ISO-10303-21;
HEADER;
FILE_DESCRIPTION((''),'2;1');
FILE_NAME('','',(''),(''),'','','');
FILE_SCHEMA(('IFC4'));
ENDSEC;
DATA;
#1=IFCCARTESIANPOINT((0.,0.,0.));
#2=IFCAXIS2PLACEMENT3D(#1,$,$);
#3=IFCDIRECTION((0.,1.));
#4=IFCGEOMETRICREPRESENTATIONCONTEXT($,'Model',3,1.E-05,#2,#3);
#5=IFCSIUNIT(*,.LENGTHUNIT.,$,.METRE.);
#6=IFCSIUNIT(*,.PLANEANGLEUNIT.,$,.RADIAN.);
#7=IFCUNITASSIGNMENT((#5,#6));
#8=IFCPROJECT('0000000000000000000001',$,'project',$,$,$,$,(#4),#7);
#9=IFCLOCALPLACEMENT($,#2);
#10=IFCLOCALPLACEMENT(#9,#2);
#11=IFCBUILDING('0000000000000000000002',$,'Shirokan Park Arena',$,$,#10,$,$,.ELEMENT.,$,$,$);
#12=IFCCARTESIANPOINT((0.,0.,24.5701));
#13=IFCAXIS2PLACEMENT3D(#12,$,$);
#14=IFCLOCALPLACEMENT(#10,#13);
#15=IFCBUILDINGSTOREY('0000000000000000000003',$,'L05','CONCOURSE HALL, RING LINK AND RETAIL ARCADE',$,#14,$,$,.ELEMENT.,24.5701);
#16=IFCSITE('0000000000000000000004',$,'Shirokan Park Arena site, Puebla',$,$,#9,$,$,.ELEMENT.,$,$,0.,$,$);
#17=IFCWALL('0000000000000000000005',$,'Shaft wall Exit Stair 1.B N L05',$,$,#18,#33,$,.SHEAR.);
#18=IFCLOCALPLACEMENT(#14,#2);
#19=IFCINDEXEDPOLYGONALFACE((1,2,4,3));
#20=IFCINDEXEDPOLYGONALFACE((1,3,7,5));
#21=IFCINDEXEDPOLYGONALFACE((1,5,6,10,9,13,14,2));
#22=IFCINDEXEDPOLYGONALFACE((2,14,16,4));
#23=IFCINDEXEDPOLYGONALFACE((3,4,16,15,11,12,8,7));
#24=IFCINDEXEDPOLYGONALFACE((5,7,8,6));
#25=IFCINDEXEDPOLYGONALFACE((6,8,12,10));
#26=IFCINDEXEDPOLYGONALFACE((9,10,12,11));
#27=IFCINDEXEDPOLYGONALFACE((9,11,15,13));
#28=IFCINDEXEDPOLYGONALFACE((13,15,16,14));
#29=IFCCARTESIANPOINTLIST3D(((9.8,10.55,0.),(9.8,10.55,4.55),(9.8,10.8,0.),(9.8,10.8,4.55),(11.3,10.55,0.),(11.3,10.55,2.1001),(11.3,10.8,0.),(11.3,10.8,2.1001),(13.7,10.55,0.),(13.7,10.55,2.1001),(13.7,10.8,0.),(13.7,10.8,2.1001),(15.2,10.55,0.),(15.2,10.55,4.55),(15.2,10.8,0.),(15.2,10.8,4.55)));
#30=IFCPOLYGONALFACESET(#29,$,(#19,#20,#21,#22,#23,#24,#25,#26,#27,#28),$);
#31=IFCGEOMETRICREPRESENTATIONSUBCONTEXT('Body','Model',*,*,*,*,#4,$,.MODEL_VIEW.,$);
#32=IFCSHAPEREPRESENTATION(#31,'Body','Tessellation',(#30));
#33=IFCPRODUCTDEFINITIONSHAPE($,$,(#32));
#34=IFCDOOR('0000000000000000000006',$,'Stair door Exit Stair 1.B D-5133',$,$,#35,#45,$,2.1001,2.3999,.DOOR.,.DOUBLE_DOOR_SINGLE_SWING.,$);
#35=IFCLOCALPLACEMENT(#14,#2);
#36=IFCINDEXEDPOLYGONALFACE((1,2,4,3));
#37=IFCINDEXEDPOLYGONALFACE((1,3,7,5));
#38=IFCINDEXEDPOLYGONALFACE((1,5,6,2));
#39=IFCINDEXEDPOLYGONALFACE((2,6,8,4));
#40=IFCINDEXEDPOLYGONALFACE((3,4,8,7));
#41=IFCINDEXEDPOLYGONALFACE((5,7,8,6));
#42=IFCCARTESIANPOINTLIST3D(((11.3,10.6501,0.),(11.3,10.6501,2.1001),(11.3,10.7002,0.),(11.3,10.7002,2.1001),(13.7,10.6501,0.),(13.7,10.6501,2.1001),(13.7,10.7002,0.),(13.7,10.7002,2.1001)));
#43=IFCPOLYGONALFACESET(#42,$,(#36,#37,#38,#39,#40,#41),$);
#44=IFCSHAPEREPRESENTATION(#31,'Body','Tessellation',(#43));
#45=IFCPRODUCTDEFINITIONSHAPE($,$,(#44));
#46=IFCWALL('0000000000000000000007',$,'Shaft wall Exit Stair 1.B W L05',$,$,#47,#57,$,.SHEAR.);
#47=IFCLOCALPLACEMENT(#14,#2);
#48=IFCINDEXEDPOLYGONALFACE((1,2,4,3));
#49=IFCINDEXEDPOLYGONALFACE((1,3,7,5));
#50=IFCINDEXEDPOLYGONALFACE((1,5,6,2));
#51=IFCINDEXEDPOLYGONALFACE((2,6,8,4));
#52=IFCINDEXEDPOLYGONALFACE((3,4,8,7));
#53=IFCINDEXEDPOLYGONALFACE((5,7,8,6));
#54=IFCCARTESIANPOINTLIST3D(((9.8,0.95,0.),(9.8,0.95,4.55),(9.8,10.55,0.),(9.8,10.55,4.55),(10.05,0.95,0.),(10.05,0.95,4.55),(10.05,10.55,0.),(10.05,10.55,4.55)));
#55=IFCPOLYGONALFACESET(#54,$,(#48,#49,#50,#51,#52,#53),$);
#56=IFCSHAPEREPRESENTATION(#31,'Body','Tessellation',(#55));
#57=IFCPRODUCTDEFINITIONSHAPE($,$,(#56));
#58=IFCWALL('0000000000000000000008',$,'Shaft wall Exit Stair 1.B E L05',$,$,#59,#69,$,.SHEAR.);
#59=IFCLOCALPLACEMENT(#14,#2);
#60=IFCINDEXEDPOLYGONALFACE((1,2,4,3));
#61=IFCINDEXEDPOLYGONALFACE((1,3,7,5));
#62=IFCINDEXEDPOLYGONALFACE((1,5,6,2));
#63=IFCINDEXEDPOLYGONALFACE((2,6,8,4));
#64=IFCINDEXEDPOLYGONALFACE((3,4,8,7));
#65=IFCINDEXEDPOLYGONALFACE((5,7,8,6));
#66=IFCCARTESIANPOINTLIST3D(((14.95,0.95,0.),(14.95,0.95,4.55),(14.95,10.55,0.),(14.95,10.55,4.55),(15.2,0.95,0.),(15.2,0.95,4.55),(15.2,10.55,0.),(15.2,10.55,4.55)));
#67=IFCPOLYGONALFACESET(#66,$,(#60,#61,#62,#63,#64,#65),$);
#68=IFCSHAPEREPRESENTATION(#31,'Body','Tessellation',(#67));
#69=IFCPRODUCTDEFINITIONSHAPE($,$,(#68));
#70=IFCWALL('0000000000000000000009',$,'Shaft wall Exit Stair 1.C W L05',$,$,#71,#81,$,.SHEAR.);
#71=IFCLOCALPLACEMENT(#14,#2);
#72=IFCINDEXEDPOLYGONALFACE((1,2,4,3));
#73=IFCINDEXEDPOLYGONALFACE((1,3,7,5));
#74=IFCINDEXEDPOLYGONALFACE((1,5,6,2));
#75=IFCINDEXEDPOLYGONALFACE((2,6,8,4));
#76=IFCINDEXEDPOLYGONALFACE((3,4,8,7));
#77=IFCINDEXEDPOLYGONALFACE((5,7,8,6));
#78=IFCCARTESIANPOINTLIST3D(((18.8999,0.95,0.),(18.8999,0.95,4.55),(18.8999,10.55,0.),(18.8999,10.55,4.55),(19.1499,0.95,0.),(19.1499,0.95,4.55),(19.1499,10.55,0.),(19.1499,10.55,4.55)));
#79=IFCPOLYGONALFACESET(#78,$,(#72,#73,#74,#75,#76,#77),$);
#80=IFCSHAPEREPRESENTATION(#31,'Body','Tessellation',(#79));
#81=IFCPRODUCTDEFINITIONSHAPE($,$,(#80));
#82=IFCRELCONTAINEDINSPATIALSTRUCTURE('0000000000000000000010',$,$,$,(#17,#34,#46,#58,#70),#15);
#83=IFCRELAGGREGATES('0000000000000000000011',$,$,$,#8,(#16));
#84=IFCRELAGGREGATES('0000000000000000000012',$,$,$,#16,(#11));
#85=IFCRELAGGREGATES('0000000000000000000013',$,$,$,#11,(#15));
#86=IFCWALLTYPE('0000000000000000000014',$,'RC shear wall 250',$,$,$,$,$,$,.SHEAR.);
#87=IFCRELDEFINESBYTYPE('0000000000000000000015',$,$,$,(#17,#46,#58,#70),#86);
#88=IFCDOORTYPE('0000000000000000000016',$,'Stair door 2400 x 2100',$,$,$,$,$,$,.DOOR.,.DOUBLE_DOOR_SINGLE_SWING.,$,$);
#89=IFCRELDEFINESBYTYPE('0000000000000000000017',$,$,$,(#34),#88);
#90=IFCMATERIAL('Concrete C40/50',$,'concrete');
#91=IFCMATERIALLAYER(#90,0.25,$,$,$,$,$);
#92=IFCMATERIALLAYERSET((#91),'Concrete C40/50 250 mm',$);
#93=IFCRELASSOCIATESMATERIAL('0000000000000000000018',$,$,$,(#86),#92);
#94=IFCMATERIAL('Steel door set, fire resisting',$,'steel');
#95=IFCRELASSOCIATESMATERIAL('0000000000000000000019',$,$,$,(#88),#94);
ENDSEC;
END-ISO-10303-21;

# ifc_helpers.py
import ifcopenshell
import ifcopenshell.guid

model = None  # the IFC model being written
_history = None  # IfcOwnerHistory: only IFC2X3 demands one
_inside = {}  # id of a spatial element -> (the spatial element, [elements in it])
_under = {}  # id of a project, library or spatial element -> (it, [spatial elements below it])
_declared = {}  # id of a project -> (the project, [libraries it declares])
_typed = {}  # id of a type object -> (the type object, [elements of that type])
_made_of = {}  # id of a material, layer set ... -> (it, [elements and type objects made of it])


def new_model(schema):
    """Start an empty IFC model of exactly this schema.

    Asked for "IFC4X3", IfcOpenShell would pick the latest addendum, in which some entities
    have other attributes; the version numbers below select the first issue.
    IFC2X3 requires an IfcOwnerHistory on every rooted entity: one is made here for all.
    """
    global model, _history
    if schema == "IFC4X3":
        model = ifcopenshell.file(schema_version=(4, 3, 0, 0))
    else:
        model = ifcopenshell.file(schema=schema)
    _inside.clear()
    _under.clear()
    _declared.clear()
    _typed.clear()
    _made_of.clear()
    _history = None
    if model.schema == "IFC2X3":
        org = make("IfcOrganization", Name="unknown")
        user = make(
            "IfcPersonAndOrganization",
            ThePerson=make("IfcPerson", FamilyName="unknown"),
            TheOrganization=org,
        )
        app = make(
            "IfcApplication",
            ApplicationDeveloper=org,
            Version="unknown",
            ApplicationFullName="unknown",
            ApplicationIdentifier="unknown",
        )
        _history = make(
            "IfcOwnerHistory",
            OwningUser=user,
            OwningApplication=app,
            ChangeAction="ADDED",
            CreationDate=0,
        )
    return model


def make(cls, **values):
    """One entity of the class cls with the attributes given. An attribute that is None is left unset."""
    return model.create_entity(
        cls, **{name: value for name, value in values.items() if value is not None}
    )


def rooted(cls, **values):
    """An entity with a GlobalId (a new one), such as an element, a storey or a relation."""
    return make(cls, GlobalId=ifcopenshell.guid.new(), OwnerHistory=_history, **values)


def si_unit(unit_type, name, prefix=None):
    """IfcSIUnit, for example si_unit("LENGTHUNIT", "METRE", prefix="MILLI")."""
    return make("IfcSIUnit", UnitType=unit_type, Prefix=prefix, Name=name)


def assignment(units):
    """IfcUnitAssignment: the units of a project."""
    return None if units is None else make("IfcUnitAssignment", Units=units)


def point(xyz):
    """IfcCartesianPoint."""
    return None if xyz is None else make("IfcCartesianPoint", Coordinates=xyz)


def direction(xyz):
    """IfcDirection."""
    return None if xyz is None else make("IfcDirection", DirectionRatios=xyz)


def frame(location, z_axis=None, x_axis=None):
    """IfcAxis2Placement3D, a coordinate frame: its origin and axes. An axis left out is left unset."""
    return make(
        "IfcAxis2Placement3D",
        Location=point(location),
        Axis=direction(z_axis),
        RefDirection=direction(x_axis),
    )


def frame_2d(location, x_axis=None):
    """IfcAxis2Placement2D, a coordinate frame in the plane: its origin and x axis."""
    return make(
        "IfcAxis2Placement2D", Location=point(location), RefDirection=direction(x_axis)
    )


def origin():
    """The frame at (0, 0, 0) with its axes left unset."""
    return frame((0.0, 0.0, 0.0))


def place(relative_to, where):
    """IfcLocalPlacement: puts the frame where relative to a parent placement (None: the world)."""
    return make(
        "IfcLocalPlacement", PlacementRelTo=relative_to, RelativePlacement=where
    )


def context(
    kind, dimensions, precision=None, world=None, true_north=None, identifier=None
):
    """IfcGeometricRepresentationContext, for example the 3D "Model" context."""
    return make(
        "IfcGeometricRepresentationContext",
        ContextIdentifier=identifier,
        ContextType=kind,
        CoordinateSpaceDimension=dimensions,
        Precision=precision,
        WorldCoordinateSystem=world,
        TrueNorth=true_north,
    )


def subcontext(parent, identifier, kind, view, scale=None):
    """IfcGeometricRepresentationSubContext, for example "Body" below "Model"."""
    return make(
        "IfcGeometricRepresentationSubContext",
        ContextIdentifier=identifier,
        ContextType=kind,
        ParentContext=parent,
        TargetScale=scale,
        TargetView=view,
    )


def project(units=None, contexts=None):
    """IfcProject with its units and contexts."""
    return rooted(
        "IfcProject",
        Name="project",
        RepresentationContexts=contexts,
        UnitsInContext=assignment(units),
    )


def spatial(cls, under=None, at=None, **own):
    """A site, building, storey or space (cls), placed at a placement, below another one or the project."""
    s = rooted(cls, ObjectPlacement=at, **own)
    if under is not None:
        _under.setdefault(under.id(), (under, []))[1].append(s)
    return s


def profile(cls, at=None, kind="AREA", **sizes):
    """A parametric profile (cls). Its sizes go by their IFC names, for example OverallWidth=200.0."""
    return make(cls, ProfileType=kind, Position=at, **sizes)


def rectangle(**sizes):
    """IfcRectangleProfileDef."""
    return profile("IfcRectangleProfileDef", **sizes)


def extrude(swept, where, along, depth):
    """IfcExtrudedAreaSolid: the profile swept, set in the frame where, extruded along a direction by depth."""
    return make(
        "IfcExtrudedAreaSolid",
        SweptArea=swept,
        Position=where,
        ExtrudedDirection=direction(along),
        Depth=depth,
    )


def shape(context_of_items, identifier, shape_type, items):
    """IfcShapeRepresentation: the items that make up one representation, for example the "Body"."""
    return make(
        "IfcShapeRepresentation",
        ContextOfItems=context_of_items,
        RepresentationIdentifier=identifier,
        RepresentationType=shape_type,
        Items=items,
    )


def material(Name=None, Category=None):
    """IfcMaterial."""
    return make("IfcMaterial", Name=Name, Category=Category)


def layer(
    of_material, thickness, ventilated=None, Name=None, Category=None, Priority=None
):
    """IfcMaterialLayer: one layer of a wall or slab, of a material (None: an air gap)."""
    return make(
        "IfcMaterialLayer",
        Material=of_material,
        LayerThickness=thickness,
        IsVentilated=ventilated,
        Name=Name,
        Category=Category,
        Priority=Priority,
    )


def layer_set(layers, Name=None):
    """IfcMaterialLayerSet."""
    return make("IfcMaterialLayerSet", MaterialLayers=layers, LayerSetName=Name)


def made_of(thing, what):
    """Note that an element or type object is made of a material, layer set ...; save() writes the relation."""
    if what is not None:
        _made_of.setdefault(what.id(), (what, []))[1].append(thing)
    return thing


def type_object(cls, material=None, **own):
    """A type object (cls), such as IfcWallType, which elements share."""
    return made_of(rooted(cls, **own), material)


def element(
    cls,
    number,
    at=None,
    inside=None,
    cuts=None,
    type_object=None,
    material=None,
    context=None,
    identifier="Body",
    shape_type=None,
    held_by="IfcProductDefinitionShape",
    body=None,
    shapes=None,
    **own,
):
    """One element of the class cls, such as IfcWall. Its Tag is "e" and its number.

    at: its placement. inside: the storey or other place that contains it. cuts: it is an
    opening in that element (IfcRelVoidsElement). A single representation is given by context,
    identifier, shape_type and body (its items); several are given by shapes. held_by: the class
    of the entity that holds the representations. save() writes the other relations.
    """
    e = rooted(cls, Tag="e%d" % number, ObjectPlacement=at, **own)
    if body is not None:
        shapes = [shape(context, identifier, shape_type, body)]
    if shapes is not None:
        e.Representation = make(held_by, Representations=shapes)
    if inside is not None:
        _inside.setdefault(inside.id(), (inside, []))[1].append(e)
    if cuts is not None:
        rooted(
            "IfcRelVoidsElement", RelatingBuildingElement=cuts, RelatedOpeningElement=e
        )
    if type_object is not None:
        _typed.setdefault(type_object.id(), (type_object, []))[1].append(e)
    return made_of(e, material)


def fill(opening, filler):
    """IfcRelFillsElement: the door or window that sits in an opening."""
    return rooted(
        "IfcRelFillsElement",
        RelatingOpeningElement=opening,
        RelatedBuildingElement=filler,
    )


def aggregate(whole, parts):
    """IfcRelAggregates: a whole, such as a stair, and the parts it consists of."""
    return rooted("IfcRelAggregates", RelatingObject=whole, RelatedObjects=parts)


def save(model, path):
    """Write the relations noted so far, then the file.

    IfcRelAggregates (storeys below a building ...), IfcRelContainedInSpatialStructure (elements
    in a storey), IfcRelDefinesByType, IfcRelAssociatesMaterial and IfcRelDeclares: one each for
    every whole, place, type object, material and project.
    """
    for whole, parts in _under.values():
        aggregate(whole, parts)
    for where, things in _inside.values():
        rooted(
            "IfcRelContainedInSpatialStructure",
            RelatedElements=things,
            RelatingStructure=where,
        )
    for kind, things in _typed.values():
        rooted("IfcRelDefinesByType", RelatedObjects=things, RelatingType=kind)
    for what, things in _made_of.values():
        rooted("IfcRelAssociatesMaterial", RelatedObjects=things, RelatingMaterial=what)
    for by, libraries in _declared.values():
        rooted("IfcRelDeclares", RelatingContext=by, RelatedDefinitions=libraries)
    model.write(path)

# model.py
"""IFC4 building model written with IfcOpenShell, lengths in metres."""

from ifc_helpers import new_model, si_unit, direction, frame, frame_2d, origin, place, context, subcontext, project, spatial, rectangle, extrude, material, layer, layer_set, type_object, element, fill, save


model = new_model("IFC4")

# Units and contexts
model_context = context("Model", 3, precision=1e-05, world=origin(), true_north=direction((0.0, 1.0)))
body_context = subcontext(model_context, "Body", "Model", "MODEL_VIEW")
ifc_project = project(units=[si_unit("LENGTHUNIT", "METRE"), si_unit("PLANEANGLEUNIT", "RADIAN")], contexts=[model_context])

# Site, building, storey
site_placement = place(None, origin())
site = spatial("IfcSite", under=ifc_project, at=site_placement, Name="Shirokan Park Arena site, Puebla", CompositionType="ELEMENT", RefElevation=0.0)
building_placement = place(site_placement, origin())
building = spatial("IfcBuilding", under=site, at=building_placement, Name="Shirokan Park Arena", CompositionType="ELEMENT")
storey_placement = place(building_placement, frame((0.0, 0.0, 24.5701)))
storey = spatial("IfcBuildingStorey", under=building, at=storey_placement, Name="L05", Description="CONCOURSE HALL, RING LINK AND RETAIL ARCADE", CompositionType="ELEMENT", Elevation=24.5701)

# Wall, opening, door
ifc_material_1 = material(Name="Concrete C40/50", Category="concrete")
ifc_layer_1 = layer(ifc_material_1, 0.25)
ifc_layer_set_1 = layer_set([ifc_layer_1], Name="Concrete C40/50 250 mm")
wall_type_1 = type_object("IfcWallType", Name="RC shear wall 250", PredefinedType="SHEAR", material=ifc_layer_set_1)
wall_1_placement = place(storey_placement, frame((15.2, 10.675, 0.0), z_axis=(0.0, 0.0, 1.0), x_axis=(-1.0, 0.0, 0.0)))
wall_1 = element("IfcWall", 1, at=wall_1_placement, inside=storey, type_object=wall_type_1, Name="Shaft wall Exit Stair 1.B N L05", PredefinedType="SHEAR", context=body_context, shape_type="SweptSolid", body=[
    extrude(rectangle(XDim=5.3999, YDim=0.25, at=frame_2d((2.7, 0.0))), origin(), (0.0, 0.0, 1.0), 4.55),
])
opening_1_placement = place(wall_1_placement, frame((1.5, 0.0, 0.0)))
opening_1 = element("IfcOpeningElement", 2, at=opening_1_placement, cuts=wall_1, PredefinedType="OPENING", context=body_context, shape_type="SweptSolid", body=[
    extrude(rectangle(XDim=2.3999, YDim=2.1001, at=frame_2d((1.2, 1.05))), frame((0.0, 0.135, 0.0), z_axis=(0.0, -1.0, 0.0), x_axis=(1.0, 0.0, 0.0)), (0.0, 0.0, 1.0), 0.27),
])
ifc_material_2 = material(Name="Steel door set, fire resisting", Category="steel")
door_type_1 = type_object("IfcDoorType", Name="Stair door 2400 x 2100", OperationType="DOUBLE_DOOR_SINGLE_SWING", PredefinedType="DOOR", material=ifc_material_2)
door_1_placement = place(opening_1_placement, origin())
door_1 = element("IfcDoor", 3, at=door_1_placement, inside=storey, type_object=door_type_1, Name="Stair door Exit Stair 1.B D-5133", OperationType="DOUBLE_DOOR_SINGLE_SWING", OverallHeight=2.1001, OverallWidth=2.3999, PredefinedType="DOOR", context=body_context, shape_type="SweptSolid", body=[
    extrude(rectangle(XDim=2.3999, YDim=2.1001, at=frame_2d((1.2, 1.05))), frame((0.0, 0.0249, 0.0), z_axis=(0.0, -1.0, 0.0), x_axis=(1.0, 0.0, 0.0)), (0.0, 0.0, 1.0), 0.05),
])
fill(opening_1, door_1)

# Walls
for number, where, z_axis, x_axis, name in (
    (4, (9.925, 10.55, 0.0), (0.0, 0.0, 1.0), (0.0, -1.0, 0.0), "Shaft wall Exit Stair 1.B W L05"),
    (5, (15.075, 10.55, 0.0), (0.0, 0.0, 1.0), (0.0, -1.0, 0.0), "Shaft wall Exit Stair 1.B E L05"),
    (6, (19.0249, 10.55, 0.0), (0.0, 0.0, 1.0), (0.0, -1.0, 0.0), "Shaft wall Exit Stair 1.C W L05"),
):
    element("IfcWall", number, at=place(storey_placement, frame(where, z_axis=z_axis, x_axis=x_axis)), inside=storey, type_object=wall_type_1, Name=name, PredefinedType="SHEAR", context=body_context, shape_type="SweptSolid", body=[
        extrude(rectangle(XDim=9.6001, YDim=0.25, at=frame_2d((4.8, 0.0))), origin(), (0.0, 0.0, 1.0), 4.55),
    ])

save(model, "model.ifc")
